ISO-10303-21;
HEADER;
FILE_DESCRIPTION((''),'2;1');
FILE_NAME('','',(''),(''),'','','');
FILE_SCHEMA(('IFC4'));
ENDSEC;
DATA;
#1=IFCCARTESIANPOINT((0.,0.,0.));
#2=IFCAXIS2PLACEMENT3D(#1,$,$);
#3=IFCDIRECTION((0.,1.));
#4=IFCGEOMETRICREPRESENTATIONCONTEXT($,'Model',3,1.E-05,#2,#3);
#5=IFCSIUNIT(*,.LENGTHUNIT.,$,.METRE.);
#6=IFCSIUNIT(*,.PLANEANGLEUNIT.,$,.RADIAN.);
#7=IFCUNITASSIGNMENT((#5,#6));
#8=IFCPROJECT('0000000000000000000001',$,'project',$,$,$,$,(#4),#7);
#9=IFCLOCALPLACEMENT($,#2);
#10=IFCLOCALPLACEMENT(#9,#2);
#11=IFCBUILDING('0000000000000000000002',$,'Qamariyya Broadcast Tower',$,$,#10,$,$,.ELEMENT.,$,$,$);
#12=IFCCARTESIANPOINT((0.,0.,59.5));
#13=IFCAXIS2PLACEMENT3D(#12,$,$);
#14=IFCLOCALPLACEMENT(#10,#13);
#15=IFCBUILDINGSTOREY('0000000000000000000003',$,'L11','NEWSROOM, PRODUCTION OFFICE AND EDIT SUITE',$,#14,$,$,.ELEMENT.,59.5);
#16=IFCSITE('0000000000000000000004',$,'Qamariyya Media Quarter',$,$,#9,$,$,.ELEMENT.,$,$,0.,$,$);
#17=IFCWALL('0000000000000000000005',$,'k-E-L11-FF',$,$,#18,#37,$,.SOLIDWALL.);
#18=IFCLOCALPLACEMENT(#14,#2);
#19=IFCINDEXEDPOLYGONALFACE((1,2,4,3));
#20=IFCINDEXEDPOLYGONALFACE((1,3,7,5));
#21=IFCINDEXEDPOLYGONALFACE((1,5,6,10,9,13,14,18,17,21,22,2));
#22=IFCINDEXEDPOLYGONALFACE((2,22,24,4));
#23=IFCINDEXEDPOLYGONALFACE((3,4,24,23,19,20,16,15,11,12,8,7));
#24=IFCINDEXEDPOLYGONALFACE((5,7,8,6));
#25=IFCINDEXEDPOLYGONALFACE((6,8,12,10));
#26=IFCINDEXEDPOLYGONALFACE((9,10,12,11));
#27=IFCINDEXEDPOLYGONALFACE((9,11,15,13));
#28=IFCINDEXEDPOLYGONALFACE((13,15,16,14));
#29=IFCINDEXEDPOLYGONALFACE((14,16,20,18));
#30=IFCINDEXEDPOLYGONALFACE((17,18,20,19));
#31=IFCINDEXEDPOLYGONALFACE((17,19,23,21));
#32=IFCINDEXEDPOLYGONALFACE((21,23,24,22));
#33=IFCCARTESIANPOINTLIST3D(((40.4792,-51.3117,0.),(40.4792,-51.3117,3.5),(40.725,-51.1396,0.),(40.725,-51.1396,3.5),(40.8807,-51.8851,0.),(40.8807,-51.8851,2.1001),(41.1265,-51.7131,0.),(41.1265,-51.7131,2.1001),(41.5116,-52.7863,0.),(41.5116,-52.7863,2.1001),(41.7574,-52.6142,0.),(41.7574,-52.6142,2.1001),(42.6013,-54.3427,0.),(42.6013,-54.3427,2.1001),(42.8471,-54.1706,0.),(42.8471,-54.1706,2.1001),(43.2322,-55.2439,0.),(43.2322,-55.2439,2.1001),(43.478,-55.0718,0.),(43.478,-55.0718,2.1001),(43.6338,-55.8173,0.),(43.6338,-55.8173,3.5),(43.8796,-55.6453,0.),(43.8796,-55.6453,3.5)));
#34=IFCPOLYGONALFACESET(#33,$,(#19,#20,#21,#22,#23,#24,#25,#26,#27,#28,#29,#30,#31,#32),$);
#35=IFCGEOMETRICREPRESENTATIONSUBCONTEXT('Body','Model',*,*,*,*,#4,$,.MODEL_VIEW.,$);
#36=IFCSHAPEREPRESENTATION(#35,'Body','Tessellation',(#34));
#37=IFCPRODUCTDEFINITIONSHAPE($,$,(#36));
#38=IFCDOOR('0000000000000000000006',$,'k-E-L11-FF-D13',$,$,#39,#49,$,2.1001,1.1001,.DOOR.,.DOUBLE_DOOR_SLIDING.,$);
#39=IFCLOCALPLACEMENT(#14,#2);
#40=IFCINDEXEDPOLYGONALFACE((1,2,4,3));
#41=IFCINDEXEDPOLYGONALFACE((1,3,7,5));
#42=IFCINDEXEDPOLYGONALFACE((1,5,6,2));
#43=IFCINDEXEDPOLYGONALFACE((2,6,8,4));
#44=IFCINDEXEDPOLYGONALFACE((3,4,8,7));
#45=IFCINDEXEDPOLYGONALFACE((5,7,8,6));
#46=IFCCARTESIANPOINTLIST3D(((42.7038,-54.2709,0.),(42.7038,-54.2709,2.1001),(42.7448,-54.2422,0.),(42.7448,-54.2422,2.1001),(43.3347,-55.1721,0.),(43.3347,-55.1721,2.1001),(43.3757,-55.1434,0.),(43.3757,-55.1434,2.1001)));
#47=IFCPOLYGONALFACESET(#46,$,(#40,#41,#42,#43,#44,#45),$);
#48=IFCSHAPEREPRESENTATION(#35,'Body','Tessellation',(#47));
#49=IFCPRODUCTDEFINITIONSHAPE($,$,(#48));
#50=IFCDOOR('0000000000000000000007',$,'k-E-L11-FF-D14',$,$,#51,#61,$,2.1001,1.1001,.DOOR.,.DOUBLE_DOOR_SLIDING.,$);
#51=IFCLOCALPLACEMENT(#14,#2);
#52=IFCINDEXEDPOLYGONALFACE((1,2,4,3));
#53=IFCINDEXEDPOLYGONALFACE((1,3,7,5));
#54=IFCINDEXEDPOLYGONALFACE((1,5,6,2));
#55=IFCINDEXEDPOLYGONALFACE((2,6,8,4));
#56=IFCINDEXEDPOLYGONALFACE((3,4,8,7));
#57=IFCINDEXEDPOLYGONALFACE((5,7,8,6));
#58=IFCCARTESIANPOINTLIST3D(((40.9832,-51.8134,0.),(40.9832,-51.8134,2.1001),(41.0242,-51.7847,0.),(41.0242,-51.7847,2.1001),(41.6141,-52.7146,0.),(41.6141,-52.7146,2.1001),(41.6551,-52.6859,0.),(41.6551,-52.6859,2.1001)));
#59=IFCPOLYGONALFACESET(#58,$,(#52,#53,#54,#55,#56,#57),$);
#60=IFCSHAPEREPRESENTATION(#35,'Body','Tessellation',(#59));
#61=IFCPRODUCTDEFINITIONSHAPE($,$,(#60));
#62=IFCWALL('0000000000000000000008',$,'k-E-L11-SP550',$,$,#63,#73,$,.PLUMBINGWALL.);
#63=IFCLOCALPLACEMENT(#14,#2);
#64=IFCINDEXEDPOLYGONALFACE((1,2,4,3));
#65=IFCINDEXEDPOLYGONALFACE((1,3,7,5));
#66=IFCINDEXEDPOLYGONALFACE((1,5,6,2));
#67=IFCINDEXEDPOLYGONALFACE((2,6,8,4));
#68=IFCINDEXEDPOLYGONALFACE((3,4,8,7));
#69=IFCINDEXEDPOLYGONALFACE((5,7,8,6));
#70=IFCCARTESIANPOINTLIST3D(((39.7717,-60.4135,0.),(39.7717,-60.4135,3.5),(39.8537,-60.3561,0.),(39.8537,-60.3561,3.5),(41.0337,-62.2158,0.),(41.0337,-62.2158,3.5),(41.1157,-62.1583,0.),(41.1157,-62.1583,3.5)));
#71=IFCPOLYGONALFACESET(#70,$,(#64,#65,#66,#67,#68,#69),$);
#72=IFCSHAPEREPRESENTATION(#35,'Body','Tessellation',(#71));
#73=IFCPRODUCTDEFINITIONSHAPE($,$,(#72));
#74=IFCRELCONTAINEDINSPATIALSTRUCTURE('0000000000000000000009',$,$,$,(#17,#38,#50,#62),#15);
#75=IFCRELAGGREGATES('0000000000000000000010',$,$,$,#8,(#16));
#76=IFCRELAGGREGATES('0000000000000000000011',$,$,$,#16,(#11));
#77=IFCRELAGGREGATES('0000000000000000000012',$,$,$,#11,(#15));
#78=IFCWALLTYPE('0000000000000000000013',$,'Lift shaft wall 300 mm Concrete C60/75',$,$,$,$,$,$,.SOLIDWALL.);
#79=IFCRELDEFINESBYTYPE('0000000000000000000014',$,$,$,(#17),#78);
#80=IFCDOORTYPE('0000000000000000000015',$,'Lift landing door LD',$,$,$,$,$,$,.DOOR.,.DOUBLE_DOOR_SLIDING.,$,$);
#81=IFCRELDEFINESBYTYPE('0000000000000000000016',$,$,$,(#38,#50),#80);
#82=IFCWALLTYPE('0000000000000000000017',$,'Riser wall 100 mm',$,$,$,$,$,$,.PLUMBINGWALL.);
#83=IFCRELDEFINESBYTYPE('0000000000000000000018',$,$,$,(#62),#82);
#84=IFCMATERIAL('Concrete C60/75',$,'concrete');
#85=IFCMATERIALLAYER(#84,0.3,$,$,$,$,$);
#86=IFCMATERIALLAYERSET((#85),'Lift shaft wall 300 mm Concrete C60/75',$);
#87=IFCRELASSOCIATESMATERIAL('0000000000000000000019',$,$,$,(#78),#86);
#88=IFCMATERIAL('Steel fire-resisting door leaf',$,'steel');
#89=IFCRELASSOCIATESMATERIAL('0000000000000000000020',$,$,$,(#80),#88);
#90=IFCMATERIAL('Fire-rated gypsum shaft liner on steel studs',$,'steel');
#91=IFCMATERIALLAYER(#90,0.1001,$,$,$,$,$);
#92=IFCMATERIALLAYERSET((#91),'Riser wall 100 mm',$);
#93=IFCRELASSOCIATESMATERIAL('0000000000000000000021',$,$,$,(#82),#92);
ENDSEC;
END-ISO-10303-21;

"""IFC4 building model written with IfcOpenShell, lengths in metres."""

from ifc_helpers import new_model, si_unit, direction, frame, frame_2d, origin, place, context, subcontext, project, spatial, rectangle, extrude, material, layer, layer_set, type_object, element, fill, save


model = new_model("IFC4")

# Units and contexts
model_context = context("Model", 3, precision=1e-05, world=origin(), true_north=direction((0.0, 1.0)))
body_context = subcontext(model_context, "Body", "Model", "MODEL_VIEW")
ifc_project = project(units=[si_unit("LENGTHUNIT", "METRE"), si_unit("PLANEANGLEUNIT", "RADIAN")], contexts=[model_context])

# Site, building, storey
site_placement = place(None, origin())
site = spatial("IfcSite", under=ifc_project, at=site_placement, Name="Qamariyya Media Quarter", CompositionType="ELEMENT", RefElevation=0.0)
building_placement = place(site_placement, origin())
building = spatial("IfcBuilding", under=site, at=building_placement, Name="Qamariyya Broadcast Tower", CompositionType="ELEMENT")
storey_placement = place(building_placement, frame((0.0, 0.0, 59.5)))
storey = spatial("IfcBuildingStorey", under=building, at=storey_placement, Name="L11", Description="NEWSROOM, PRODUCTION OFFICE AND EDIT SUITE", CompositionType="ELEMENT", Elevation=59.5)

# Shared definitions
ifc_material_1 = material(Name="Steel fire-resisting door leaf", Category="steel")

# Shared definitions
ifc_material_2 = material(Name="Concrete C60/75", Category="concrete")
ifc_layer_1 = layer(ifc_material_2, 0.3)
ifc_layer_set_1 = layer_set([ifc_layer_1], Name="Lift shaft wall 300 mm Concrete C60/75")
wall_type_1 = type_object("IfcWallType", Name="Lift shaft wall 300 mm Concrete C60/75", PredefinedType="SOLIDWALL", material=ifc_layer_set_1)

# Wall, openings, doors
wall_1_placement = place(storey_placement, frame((43.7566, -55.7312, 0.0), z_axis=(0.0, 0.0, 1.0), x_axis=(-0.573537, 0.81918, 0.0)))
wall_1 = element("IfcWall", 1, at=wall_1_placement, inside=storey, type_object=wall_type_1, Name="k-E-L11-FF", PredefinedType="SOLIDWALL", context=body_context, shape_type="SweptSolid", body=[
    extrude(rectangle(XDim=5.5002, YDim=0.3, at=frame_2d((2.75, 0.0))), origin(), (0.0, 0.0, 1.0), 3.5),
])
opening_1_placement = place(wall_1_placement, frame((0.7, 0.0, 0.0)))
opening_1 = element("IfcOpeningElement", 2, at=opening_1_placement, cuts=wall_1, PredefinedType="OPENING", context=body_context, shape_type="SweptSolid", body=[
    extrude(rectangle(XDim=1.1001, YDim=2.1001, at=frame_2d((0.55, 1.05))), frame((0.0, 0.1599, 0.0), z_axis=(0.0, -1.0, 0.0), x_axis=(1.0, 0.0, 0.0)), (0.0, 0.0, 1.0), 0.3201),
])
opening_2_placement = place(wall_1_placement, frame((3.7, 0.0, 0.0)))
opening_2 = element("IfcOpeningElement", 3, at=opening_2_placement, cuts=wall_1, PredefinedType="OPENING", context=body_context, shape_type="SweptSolid", body=[
    extrude(rectangle(XDim=1.1001, YDim=2.1001, at=frame_2d((0.55, 1.05))), frame((0.0, 0.1599, 0.0), z_axis=(0.0, -1.0, 0.0), x_axis=(1.0, 0.0, 0.0)), (0.0, 0.0, 1.0), 0.3201),
])
door_type_1 = type_object("IfcDoorType", Name="Lift landing door LD", OperationType="DOUBLE_DOOR_SLIDING", PredefinedType="DOOR", material=ifc_material_1)
door_1_placement = place(opening_1_placement, origin())
door_1 = element("IfcDoor", 4, at=door_1_placement, inside=storey, type_object=door_type_1, Name="k-E-L11-FF-D13", OperationType="DOUBLE_DOOR_SLIDING", OverallHeight=2.1001, OverallWidth=1.1001, PredefinedType="DOOR", context=body_context, shape_type="SweptSolid", body=[
    extrude(rectangle(XDim=1.1001, YDim=2.1001, at=frame_2d((0.55, 1.05))), frame((0.0, 0.0249, 0.0), z_axis=(0.0, -1.0, 0.0), x_axis=(1.0, 0.0, 0.0)), (0.0, 0.0, 1.0), 0.05),
])
fill(opening_1, door_1)
door_2_placement = place(opening_2_placement, origin())
door_2 = element("IfcDoor", 5, at=door_2_placement, inside=storey, type_object=door_type_1, Name="k-E-L11-FF-D14", OperationType="DOUBLE_DOOR_SLIDING", OverallHeight=2.1001, OverallWidth=1.1001, PredefinedType="DOOR", context=body_context, shape_type="SweptSolid", body=[
    extrude(rectangle(XDim=1.1001, YDim=2.1001, at=frame_2d((0.55, 1.05))), frame((0.0, 0.0249, 0.0), z_axis=(0.0, -1.0, 0.0), x_axis=(1.0, 0.0, 0.0)), (0.0, 0.0, 1.0), 0.05),
])
fill(opening_2, door_2)

# Wall
ifc_material_3 = material(Name="Fire-rated gypsum shaft liner on steel studs", Category="steel")
ifc_layer_2 = layer(ifc_material_3, 0.1001)
ifc_layer_set_2 = layer_set([ifc_layer_2], Name="Riser wall 100 mm")
wall_type_2 = type_object("IfcWallType", Name="Riser wall 100 mm", PredefinedType="PLUMBINGWALL", material=ifc_layer_set_2)
wall_2_placement = place(storey_placement, frame((39.8127, -60.3848, 0.0), z_axis=(0.0, 0.0, 1.0), x_axis=(0.573581, -0.819149, 0.0)))
element("IfcWall", 6, at=wall_2_placement, inside=storey, type_object=wall_type_2, Name="k-E-L11-SP550", PredefinedType="PLUMBINGWALL", context=body_context, shape_type="SweptSolid", body=[
    extrude(rectangle(XDim=2.2002, YDim=0.1001, at=frame_2d((1.1001, 0.0))), origin(), (0.0, 0.0, 1.0), 3.5),
])

save(model, "model.ifc")
